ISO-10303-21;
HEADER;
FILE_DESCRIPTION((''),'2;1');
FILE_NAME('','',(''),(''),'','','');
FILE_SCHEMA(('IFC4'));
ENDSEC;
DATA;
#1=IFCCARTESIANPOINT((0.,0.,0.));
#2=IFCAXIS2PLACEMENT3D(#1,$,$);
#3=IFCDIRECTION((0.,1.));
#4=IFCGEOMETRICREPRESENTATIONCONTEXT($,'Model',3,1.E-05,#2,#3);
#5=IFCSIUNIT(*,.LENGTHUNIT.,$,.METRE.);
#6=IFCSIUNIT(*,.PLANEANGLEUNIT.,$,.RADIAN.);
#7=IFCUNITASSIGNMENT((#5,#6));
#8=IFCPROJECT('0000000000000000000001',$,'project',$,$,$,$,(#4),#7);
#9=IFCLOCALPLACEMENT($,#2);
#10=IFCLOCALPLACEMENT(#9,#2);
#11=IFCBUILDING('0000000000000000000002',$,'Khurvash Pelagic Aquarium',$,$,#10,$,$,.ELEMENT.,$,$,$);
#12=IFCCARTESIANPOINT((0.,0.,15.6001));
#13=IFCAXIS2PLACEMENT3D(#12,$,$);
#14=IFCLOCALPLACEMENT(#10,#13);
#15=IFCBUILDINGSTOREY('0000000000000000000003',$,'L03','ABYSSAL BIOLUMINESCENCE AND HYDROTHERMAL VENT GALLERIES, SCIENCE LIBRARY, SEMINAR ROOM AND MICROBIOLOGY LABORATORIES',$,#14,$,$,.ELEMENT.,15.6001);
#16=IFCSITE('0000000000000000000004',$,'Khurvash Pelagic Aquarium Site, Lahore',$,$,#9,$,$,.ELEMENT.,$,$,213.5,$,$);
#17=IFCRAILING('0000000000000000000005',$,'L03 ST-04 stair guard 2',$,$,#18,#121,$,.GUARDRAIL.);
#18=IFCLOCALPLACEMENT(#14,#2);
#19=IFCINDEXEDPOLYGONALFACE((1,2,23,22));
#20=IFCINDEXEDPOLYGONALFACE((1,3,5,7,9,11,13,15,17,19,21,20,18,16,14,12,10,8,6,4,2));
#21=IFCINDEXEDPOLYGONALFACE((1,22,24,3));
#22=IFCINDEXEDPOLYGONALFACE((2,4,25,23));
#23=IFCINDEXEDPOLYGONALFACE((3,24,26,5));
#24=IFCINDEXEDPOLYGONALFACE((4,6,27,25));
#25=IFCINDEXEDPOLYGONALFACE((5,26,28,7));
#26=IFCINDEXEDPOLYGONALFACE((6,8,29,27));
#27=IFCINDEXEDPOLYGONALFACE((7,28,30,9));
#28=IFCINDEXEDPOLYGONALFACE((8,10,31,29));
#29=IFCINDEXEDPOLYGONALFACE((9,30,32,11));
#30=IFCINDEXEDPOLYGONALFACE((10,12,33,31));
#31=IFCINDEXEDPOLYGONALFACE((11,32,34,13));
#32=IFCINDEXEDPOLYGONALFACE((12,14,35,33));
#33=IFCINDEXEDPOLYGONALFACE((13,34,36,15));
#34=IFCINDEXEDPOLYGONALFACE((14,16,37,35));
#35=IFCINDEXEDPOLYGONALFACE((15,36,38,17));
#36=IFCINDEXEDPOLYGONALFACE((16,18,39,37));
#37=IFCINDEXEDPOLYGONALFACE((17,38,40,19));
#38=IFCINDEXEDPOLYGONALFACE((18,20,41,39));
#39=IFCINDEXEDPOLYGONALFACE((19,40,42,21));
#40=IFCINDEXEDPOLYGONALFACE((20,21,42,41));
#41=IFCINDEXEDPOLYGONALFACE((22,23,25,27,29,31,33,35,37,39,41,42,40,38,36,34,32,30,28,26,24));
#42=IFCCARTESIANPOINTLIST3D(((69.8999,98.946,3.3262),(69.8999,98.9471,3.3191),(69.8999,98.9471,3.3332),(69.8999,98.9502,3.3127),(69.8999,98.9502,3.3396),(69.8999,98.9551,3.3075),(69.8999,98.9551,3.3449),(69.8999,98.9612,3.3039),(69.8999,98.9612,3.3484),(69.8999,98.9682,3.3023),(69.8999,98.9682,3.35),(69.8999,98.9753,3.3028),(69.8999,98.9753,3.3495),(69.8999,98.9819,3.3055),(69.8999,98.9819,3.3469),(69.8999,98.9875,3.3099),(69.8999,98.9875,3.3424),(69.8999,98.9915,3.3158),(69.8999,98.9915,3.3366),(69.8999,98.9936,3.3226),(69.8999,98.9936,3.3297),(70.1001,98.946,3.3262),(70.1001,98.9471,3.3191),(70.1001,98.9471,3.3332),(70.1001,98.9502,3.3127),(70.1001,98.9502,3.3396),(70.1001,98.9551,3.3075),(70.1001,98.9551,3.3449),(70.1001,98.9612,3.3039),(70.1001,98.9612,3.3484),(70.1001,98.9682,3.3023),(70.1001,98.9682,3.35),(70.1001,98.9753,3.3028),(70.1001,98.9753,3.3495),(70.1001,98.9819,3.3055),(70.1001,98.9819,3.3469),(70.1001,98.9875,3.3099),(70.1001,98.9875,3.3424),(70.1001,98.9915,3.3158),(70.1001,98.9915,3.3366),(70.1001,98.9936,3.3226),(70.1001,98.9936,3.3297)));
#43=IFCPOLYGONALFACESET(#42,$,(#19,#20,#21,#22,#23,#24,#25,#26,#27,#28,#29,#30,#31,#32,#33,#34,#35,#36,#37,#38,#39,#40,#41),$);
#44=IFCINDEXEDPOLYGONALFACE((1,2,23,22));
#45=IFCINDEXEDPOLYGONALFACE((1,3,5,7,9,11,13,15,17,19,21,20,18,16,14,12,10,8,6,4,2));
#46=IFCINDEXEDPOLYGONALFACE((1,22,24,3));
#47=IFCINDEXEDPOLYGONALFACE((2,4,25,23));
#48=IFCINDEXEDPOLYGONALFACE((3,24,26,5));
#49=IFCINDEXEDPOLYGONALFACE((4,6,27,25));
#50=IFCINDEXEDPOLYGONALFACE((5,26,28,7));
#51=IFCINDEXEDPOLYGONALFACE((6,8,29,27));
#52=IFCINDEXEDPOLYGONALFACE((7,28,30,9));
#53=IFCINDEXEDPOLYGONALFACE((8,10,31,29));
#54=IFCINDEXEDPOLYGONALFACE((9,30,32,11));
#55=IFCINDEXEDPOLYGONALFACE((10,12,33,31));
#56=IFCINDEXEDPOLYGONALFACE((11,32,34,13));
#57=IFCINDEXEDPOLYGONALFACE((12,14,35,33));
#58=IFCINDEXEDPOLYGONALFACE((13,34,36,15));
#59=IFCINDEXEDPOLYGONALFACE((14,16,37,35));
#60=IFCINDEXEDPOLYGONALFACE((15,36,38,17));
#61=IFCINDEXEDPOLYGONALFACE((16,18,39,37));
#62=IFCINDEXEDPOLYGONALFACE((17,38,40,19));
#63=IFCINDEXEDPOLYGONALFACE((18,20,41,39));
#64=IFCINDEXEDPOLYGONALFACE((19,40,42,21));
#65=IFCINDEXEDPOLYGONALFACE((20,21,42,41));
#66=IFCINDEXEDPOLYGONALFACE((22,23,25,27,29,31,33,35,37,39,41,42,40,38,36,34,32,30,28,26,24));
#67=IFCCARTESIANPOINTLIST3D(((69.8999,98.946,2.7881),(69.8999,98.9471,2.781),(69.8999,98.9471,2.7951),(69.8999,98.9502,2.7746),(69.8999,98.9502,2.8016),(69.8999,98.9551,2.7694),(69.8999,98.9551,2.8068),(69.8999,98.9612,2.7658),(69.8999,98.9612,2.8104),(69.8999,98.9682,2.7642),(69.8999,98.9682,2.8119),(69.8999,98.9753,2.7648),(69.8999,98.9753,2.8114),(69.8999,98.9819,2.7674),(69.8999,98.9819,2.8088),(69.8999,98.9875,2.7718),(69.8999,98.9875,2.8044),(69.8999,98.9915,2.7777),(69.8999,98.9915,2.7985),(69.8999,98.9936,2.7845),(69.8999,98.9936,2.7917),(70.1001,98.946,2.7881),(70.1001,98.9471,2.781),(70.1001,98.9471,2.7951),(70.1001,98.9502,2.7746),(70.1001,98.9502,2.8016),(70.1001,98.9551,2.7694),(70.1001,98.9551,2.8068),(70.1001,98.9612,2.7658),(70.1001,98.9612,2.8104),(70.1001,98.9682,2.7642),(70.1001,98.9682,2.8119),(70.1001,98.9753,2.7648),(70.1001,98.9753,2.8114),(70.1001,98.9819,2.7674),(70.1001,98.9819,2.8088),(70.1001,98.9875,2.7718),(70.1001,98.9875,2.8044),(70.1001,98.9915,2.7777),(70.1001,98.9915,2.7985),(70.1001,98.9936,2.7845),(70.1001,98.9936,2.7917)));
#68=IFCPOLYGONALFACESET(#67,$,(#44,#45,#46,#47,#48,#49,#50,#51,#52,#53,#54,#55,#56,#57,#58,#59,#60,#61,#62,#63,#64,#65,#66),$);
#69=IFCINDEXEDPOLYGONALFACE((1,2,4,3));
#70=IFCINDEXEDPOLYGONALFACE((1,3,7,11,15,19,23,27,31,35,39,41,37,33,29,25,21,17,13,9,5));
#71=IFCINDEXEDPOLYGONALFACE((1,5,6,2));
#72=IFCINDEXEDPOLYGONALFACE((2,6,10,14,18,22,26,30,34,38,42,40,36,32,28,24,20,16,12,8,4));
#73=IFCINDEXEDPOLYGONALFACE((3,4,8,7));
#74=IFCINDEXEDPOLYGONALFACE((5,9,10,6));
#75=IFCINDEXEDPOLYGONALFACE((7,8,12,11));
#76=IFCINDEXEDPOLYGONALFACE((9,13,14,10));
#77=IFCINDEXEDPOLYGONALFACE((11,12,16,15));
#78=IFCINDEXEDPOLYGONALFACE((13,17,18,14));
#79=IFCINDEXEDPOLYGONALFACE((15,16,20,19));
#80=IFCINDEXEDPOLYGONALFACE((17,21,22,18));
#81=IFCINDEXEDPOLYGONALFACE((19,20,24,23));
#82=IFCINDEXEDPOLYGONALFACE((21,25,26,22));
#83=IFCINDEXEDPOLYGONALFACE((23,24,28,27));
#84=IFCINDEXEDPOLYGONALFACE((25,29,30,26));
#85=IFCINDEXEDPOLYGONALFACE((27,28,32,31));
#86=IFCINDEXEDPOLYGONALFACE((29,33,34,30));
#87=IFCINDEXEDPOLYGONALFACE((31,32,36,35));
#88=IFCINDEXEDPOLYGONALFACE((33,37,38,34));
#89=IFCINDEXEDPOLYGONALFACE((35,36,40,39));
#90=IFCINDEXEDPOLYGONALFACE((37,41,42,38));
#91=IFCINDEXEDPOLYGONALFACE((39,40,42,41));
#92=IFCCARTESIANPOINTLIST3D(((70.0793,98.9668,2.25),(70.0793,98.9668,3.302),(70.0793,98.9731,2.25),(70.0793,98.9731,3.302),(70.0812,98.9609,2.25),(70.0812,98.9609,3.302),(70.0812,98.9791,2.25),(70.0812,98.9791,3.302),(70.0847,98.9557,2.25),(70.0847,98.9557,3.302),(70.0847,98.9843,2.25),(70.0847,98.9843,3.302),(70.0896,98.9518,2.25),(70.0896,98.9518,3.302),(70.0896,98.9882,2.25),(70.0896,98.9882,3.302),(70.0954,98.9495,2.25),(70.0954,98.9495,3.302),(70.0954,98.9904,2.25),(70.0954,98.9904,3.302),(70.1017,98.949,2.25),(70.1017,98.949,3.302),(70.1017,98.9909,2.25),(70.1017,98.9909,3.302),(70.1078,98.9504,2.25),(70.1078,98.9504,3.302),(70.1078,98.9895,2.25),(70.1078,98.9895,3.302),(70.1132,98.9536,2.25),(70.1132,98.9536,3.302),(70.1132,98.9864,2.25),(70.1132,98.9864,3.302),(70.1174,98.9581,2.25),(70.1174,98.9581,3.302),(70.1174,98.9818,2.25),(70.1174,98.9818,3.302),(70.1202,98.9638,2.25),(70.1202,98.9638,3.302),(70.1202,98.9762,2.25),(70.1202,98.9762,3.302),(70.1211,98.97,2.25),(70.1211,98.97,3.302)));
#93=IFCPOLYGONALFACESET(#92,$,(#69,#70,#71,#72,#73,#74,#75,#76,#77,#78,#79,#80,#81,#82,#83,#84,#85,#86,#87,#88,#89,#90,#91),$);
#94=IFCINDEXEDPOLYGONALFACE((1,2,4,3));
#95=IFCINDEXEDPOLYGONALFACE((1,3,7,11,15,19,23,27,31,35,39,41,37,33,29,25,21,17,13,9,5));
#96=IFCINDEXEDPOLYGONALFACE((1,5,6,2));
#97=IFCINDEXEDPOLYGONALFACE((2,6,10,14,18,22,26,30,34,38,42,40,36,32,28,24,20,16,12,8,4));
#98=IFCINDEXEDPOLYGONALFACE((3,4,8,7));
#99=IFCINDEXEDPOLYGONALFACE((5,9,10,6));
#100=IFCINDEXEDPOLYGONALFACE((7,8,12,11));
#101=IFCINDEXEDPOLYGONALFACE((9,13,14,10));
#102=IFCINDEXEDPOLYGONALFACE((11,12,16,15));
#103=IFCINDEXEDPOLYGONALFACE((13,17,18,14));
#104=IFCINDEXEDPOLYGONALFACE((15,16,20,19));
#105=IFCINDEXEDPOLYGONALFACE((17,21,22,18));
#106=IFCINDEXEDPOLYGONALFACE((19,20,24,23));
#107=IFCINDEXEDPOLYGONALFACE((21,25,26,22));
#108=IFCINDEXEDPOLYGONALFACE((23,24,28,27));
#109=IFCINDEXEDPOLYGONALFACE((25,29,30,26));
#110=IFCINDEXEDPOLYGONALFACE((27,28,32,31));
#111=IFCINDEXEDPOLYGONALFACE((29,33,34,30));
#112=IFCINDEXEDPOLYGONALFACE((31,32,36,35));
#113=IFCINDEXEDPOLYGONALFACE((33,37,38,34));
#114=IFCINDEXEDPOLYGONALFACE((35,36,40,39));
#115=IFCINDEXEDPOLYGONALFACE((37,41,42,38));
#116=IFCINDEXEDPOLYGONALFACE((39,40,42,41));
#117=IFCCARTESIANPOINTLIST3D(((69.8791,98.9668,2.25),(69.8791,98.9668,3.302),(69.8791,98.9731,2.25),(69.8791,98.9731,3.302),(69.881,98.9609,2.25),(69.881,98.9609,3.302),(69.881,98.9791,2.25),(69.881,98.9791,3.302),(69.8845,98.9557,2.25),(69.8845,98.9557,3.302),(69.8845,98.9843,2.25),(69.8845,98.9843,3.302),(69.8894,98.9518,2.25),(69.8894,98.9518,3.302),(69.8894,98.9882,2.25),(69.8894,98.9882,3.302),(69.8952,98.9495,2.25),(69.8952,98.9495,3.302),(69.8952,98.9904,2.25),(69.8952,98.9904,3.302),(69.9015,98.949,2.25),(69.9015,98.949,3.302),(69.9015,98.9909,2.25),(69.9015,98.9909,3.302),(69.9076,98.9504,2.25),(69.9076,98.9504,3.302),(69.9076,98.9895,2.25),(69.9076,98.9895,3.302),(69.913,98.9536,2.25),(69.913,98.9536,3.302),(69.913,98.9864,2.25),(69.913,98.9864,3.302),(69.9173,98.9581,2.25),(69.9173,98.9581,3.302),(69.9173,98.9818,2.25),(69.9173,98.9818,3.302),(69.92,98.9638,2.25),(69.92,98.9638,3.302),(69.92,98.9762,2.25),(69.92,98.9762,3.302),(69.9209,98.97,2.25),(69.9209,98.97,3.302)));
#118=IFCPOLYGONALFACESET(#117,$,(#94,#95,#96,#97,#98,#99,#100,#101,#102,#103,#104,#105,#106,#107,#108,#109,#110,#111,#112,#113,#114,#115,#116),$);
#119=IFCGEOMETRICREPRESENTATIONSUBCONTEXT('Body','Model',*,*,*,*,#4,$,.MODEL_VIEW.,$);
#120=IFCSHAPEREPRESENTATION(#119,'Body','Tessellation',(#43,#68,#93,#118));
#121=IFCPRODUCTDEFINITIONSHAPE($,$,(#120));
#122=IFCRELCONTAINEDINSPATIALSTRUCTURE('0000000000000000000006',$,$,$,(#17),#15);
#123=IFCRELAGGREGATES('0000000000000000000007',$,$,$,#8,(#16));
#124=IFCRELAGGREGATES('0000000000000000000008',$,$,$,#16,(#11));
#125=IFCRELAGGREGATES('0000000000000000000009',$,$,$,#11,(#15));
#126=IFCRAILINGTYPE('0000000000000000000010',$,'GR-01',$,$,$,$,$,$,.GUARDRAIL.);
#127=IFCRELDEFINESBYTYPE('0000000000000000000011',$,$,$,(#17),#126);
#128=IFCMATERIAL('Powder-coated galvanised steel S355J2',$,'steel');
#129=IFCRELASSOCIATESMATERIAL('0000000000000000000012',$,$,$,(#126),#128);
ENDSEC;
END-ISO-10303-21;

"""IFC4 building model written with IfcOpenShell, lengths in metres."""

from ifc_helpers import new_model, si_unit, direction, frame, origin, origin_2d, place, context, subcontext, project, spatial, circle, extrude, material, type_object, element, save


model = new_model("IFC4")

# Units and contexts
model_context = context("Model", 3, precision=1e-05, world=origin(), true_north=direction((0.0, 1.0)))
body_context = subcontext(model_context, "Body", "Model", "MODEL_VIEW")
ifc_project = project(units=[si_unit("LENGTHUNIT", "METRE"), si_unit("PLANEANGLEUNIT", "RADIAN")], contexts=[model_context])

# Site, building, storey
site_placement = place(None, origin())
site = spatial("IfcSite", under=ifc_project, at=site_placement, Name="Khurvash Pelagic Aquarium Site, Lahore", CompositionType="ELEMENT", RefElevation=213.5)
building_placement = place(site_placement, origin())
building = spatial("IfcBuilding", under=site, at=building_placement, Name="Khurvash Pelagic Aquarium", CompositionType="ELEMENT")
storey_placement = place(building_placement, frame((0.0, 0.0, 15.6001)))
storey = spatial("IfcBuildingStorey", under=building, at=storey_placement, Name="L03", Description="ABYSSAL BIOLUMINESCENCE AND HYDROTHERMAL VENT GALLERIES, SCIENCE LIBRARY, SEMINAR ROOM AND MICROBIOLOGY LABORATORIES", CompositionType="ELEMENT", Elevation=15.6001)

# Railing
ifc_material_1 = material(Name="Powder-coated galvanised steel S355J2", Category="steel")
railing_type_1 = type_object("IfcRailingType", Name="GR-01", PredefinedType="GUARDRAIL", material=ifc_material_1)
railing_1_placement = place(storey_placement, frame((70.1001, 98.97, 2.25)))
element("IfcRailing", 1, at=railing_1_placement, inside=storey, type_object=railing_type_1, Name="L03 ST-04 stair guard 2", PredefinedType="GUARDRAIL", context=body_context, shape_type="SweptSolid", body=[
    extrude(circle(Radius=0.0239, at=origin_2d()), frame((0.0, 0.0, 1.0762), z_axis=(-1.0, 0.0, 0.0), x_axis=(0.0, -1.0, 0.0)), (0.0, 0.0, 1.0), 0.2002),
    extrude(circle(Radius=0.0239, at=origin_2d()), frame((0.0, 0.0, 0.5381), z_axis=(-1.0, 0.0, 0.0), x_axis=(0.0, -1.0, 0.0)), (0.0, 0.0, 1.0), 0.2002),
    extrude(circle(Radius=0.021, at=origin_2d()), origin(), (0.0, 0.0, 1.0), 1.052),
    extrude(circle(Radius=0.021, at=origin_2d()), frame((-0.2002, 0.0, 0.0)), (0.0, 0.0, 1.0), 1.052),
])

save(model, "model.ifc")
